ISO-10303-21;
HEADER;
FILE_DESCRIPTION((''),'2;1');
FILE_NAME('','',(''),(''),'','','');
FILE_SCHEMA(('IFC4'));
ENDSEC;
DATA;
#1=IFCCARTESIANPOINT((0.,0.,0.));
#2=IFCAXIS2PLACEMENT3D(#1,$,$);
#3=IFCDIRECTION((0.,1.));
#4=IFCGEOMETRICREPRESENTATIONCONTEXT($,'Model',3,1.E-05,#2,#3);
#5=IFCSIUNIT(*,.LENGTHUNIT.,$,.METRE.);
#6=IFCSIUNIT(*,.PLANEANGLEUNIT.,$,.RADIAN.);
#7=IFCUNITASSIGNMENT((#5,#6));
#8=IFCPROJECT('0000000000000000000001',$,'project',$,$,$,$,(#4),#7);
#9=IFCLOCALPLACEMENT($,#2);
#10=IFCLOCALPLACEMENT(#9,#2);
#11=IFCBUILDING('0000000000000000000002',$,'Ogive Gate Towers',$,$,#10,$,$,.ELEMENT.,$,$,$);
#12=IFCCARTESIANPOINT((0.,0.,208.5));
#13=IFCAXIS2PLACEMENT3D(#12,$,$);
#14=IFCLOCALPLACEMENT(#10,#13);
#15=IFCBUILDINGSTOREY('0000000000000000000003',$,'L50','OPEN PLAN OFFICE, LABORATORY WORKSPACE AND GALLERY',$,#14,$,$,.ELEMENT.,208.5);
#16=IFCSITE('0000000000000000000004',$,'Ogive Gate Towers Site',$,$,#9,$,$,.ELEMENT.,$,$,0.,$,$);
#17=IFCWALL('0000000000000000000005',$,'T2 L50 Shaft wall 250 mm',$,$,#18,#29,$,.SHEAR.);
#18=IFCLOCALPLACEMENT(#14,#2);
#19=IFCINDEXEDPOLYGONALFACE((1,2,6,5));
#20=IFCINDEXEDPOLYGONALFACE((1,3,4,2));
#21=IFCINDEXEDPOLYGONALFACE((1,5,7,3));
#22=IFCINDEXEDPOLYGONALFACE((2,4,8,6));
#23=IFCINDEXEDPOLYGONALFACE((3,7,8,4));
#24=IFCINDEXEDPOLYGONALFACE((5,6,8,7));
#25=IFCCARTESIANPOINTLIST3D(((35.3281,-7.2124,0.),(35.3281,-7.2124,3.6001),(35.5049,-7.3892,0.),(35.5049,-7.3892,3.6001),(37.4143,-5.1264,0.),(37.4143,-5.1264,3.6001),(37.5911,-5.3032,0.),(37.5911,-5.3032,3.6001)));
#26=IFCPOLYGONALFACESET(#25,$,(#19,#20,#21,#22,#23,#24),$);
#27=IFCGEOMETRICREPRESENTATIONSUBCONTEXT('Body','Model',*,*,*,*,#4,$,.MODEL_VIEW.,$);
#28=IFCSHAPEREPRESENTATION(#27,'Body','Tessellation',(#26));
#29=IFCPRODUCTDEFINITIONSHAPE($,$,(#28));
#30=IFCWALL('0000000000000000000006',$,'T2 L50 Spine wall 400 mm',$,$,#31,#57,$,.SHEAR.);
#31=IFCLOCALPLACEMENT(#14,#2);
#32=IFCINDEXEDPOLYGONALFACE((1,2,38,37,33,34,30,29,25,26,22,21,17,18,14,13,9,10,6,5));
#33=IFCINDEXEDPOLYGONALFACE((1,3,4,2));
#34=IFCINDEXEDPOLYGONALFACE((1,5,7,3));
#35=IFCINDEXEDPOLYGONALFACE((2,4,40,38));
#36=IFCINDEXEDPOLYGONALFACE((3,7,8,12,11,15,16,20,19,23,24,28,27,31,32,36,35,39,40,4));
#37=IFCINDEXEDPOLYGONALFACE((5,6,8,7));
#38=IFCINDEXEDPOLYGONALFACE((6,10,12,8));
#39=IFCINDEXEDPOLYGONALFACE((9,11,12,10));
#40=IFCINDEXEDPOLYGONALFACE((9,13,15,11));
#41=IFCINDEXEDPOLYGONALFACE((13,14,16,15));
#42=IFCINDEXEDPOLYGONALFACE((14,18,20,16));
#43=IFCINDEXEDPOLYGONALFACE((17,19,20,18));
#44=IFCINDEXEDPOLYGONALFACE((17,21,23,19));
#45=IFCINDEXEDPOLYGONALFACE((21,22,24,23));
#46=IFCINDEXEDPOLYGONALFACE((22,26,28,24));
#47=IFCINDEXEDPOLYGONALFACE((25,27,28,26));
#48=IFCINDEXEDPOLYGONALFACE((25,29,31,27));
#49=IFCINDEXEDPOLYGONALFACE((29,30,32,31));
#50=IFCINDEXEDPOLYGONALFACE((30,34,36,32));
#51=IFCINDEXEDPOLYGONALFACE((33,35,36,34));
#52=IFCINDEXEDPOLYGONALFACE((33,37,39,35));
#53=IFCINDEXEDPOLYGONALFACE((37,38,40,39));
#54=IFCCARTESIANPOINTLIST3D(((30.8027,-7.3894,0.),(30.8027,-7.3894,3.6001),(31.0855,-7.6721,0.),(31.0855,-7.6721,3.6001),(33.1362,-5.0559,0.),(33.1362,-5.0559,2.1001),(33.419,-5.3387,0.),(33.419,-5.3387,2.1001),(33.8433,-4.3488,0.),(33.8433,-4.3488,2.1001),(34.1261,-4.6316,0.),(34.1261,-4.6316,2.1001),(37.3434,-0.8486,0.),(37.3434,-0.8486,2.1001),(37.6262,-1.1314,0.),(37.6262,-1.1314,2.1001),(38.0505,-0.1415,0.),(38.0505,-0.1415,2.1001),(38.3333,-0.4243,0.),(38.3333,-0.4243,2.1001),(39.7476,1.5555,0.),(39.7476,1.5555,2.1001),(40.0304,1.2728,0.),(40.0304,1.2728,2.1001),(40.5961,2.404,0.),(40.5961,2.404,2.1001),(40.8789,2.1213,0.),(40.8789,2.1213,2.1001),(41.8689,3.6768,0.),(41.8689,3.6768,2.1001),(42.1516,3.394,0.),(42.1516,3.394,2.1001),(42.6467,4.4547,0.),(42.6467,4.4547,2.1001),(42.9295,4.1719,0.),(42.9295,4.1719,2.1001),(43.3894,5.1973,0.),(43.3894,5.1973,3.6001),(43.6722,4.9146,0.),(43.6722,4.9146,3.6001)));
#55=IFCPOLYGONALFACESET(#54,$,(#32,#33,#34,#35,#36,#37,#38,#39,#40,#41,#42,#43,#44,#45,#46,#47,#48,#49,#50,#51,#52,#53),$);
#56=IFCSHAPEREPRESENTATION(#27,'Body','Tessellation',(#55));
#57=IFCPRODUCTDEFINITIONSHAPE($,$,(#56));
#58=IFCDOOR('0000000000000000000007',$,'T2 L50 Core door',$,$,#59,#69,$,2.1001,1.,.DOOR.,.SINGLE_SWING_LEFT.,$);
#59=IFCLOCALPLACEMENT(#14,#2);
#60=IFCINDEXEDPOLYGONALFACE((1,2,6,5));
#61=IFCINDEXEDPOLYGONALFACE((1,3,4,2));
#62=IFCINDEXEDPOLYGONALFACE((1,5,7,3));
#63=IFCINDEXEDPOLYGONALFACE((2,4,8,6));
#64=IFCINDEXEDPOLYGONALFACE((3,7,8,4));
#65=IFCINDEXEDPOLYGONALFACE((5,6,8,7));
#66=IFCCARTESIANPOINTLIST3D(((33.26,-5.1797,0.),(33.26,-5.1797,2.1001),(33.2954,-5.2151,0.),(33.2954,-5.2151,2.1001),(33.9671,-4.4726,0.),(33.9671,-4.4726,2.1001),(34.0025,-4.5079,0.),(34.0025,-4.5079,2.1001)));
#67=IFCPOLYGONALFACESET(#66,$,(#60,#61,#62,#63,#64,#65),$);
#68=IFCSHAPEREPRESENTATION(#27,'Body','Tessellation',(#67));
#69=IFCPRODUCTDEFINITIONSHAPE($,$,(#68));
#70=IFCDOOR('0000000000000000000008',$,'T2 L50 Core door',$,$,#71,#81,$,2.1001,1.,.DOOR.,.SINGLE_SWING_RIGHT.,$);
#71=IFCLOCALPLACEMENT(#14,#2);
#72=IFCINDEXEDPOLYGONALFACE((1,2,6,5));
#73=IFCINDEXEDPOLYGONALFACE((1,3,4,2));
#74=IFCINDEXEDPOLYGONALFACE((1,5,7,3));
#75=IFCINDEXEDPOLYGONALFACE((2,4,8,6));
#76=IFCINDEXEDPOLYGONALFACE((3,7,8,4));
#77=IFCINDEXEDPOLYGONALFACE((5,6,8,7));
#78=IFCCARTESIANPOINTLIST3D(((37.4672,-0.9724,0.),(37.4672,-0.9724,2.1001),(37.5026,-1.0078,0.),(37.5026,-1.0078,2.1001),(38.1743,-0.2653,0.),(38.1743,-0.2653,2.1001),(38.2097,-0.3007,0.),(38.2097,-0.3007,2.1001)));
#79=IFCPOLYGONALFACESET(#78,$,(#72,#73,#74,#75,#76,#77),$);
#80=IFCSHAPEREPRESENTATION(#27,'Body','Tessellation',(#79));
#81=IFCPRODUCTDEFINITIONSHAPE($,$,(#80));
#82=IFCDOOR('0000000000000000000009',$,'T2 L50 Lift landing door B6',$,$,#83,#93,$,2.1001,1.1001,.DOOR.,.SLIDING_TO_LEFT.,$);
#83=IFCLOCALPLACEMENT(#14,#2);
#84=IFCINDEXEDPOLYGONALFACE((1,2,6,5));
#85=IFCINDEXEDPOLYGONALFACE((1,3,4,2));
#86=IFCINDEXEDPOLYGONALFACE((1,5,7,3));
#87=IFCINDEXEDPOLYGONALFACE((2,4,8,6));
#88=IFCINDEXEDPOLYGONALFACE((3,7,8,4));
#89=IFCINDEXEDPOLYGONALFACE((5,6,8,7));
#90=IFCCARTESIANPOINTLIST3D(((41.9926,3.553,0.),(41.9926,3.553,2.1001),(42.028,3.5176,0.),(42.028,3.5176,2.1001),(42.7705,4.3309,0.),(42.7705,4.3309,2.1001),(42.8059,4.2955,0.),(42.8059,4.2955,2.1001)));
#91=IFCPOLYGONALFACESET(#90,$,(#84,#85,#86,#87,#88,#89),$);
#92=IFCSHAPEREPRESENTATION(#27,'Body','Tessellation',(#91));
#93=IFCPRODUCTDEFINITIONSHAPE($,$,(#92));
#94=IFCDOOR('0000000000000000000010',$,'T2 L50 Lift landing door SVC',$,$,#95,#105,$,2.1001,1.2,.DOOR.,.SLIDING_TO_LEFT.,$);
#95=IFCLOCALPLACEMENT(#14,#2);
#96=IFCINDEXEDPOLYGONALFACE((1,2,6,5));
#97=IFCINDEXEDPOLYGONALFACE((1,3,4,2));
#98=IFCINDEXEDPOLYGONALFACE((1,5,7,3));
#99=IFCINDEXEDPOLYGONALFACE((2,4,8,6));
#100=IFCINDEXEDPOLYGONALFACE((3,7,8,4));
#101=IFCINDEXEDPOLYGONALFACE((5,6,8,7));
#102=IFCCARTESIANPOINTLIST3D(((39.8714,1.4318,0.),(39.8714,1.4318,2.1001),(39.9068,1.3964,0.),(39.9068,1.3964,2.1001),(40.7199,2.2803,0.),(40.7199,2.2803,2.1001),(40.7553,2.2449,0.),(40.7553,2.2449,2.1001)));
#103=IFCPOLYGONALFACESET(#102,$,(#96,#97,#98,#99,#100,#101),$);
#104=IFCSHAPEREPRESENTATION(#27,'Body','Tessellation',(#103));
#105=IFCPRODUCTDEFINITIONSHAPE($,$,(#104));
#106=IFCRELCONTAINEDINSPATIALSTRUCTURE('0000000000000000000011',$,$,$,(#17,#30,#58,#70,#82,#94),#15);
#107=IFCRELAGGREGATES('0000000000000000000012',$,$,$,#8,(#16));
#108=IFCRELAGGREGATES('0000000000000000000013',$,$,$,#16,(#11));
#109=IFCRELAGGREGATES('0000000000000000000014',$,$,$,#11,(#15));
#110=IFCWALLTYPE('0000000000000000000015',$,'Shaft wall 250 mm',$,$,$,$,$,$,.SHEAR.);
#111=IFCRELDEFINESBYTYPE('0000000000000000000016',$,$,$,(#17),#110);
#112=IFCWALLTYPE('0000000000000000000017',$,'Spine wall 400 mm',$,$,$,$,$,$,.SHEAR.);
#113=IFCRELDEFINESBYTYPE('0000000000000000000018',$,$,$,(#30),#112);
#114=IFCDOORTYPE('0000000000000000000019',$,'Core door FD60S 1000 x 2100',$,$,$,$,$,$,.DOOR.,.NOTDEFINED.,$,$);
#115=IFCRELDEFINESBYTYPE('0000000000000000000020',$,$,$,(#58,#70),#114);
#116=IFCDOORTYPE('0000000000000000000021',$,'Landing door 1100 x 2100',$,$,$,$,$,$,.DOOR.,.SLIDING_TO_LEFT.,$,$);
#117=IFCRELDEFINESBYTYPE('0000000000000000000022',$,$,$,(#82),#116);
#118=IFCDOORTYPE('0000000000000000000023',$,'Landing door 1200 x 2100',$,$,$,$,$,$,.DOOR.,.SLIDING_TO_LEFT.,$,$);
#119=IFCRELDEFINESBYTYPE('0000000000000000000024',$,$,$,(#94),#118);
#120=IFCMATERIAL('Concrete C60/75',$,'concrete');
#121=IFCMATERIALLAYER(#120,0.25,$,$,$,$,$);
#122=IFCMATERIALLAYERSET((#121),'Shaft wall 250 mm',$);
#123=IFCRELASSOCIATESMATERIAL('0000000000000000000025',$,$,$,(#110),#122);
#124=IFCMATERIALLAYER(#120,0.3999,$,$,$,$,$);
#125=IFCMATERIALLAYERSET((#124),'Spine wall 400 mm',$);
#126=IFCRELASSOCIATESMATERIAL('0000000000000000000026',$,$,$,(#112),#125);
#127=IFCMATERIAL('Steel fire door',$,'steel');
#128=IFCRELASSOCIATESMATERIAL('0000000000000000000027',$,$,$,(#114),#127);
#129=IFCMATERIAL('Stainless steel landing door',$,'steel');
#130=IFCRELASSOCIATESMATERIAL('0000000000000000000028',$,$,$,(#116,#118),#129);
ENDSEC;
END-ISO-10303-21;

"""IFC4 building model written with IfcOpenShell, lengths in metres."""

from ifc_helpers import new_model, si_unit, direction, frame, frame_2d, origin, place, context, subcontext, project, spatial, rectangle, extrude, material, layer, layer_set, type_object, element, fill, save


model = new_model("IFC4")

# Units and contexts
model_context = context("Model", 3, precision=1e-05, world=origin(), true_north=direction((0.0, 1.0)))
body_context = subcontext(model_context, "Body", "Model", "MODEL_VIEW")
ifc_project = project(units=[si_unit("LENGTHUNIT", "METRE"), si_unit("PLANEANGLEUNIT", "RADIAN")], contexts=[model_context])

# Site, building, storey
site_placement = place(None, origin())
site = spatial("IfcSite", under=ifc_project, at=site_placement, Name="Ogive Gate Towers Site", CompositionType="ELEMENT", RefElevation=0.0)
building_placement = place(site_placement, origin())
building = spatial("IfcBuilding", under=site, at=building_placement, Name="Ogive Gate Towers", CompositionType="ELEMENT")
storey_placement = place(building_placement, frame((0.0, 0.0, 208.5)))
storey = spatial("IfcBuildingStorey", under=building, at=storey_placement, Name="L50", Description="OPEN PLAN OFFICE, LABORATORY WORKSPACE AND GALLERY", CompositionType="ELEMENT", Elevation=208.5)

# Wall
ifc_material_1 = material(Name="Concrete C60/75", Category="concrete")
ifc_layer_1 = layer(ifc_material_1, 0.25)
ifc_layer_set_1 = layer_set([ifc_layer_1], Name="Shaft wall 250 mm")
wall_type_1 = type_object("IfcWallType", Name="Shaft wall 250 mm", PredefinedType="SHEAR", material=ifc_layer_set_1)
wall_1_placement = place(storey_placement, frame((35.4165, -7.3008, 0.0), z_axis=(0.0, 0.0, 1.0), x_axis=(0.707148, 0.707065, 0.0)))
element("IfcWall", 1, at=wall_1_placement, inside=storey, type_object=wall_type_1, Name="T2 L50 Shaft wall 250 mm", PredefinedType="SHEAR", context=body_context, shape_type="SweptSolid", body=[
    extrude(rectangle(XDim=2.9502, YDim=0.25, at=frame_2d((1.4751, 0.0))), origin(), (0.0, 0.0, 1.0), 3.6001),
])

# Wall, openings, doors
ifc_layer_2 = layer(ifc_material_1, 0.3999)
ifc_layer_set_2 = layer_set([ifc_layer_2], Name="Spine wall 400 mm")
wall_type_2 = type_object("IfcWallType", Name="Spine wall 400 mm", PredefinedType="SHEAR", material=ifc_layer_set_2)
wall_2_placement = place(storey_placement, frame((30.9441, -7.5308, 0.0), z_axis=(0.0, 0.0, 1.0), x_axis=(0.707107, 0.707107, 0.0)))
wall_2 = element("IfcWall", 2, at=wall_2_placement, inside=storey, type_object=wall_type_2, Name="T2 L50 Spine wall 400 mm", PredefinedType="SHEAR", context=body_context, shape_type="SweptSolid", body=[
    extrude(rectangle(XDim=17.8003, YDim=0.3999, at=frame_2d((8.9001, 0.0))), origin(), (0.0, 0.0, 1.0), 3.6001),
])
opening_1_placement = place(wall_2_placement, frame((12.6499, 0.0, 0.0)))
opening_1 = element("IfcOpeningElement", 3, at=opening_1_placement, cuts=wall_2, PredefinedType="OPENING", context=body_context, shape_type="SweptSolid", body=[
    extrude(rectangle(XDim=1.2, YDim=2.1001, at=frame_2d((0.6001, 1.05))), frame((0.0, 0.21, 0.0), z_axis=(0.0, -1.0, 0.0), x_axis=(1.0, 0.0, 0.0)), (0.0, 0.0, 1.0), 0.4199),
])
opening_2_placement = place(wall_2_placement, frame((15.6499, 0.0, 0.0)))
opening_2 = element("IfcOpeningElement", 4, at=opening_2_placement, cuts=wall_2, PredefinedType="OPENING", context=body_context, shape_type="SweptSolid", body=[
    extrude(rectangle(XDim=1.1001, YDim=2.1001, at=frame_2d((0.55, 1.05))), frame((0.0, 0.21, 0.0), z_axis=(0.0, -1.0, 0.0), x_axis=(1.0, 0.0, 0.0)), (0.0, 0.0, 1.0), 0.4199),
])
opening_3_placement = place(wall_2_placement, frame((3.3, 0.0, 0.0)))
opening_3 = element("IfcOpeningElement", 5, at=opening_3_placement, cuts=wall_2, PredefinedType="OPENING", context=body_context, shape_type="SweptSolid", body=[
    extrude(rectangle(XDim=1.0, YDim=2.1001, at=frame_2d((0.5, 1.05))), frame((0.0, 0.21, 0.0), z_axis=(0.0, -1.0, 0.0), x_axis=(1.0, 0.0, 0.0)), (0.0, 0.0, 1.0), 0.4199),
])
opening_4_placement = place(wall_2_placement, frame((9.25, 0.0, 0.0)))
opening_4 = element("IfcOpeningElement", 6, at=opening_4_placement, cuts=wall_2, PredefinedType="OPENING", context=body_context, shape_type="SweptSolid", body=[
    extrude(rectangle(XDim=1.0, YDim=2.1001, at=frame_2d((0.5, 1.05))), frame((0.0, 0.21, 0.0), z_axis=(0.0, -1.0, 0.0), x_axis=(1.0, 0.0, 0.0)), (0.0, 0.0, 1.0), 0.4199),
])
ifc_material_2 = material(Name="Steel fire door", Category="steel")
door_type_1 = type_object("IfcDoorType", Name="Core door FD60S 1000 x 2100", OperationType="NOTDEFINED", PredefinedType="DOOR", material=ifc_material_2)
door_1_placement = place(opening_3_placement, origin())
door_1 = element("IfcDoor", 7, at=door_1_placement, inside=storey, type_object=door_type_1, Name="T2 L50 Core door", OperationType="SINGLE_SWING_LEFT", OverallHeight=2.1001, OverallWidth=1.0, PredefinedType="DOOR", context=body_context, shape_type="SweptSolid", body=[
    extrude(rectangle(XDim=1.0, YDim=2.1001, at=frame_2d((0.5, 1.05))), frame((0.0, 0.0249, 0.0), z_axis=(0.0, -1.0, 0.0), x_axis=(1.0, 0.0, 0.0)), (0.0, 0.0, 1.0), 0.05),
])
fill(opening_3, door_1)
door_2_placement = place(opening_4_placement, origin())
door_2 = element("IfcDoor", 8, at=door_2_placement, inside=storey, type_object=door_type_1, Name="T2 L50 Core door", OperationType="SINGLE_SWING_RIGHT", OverallHeight=2.1001, OverallWidth=1.0, PredefinedType="DOOR", context=body_context, shape_type="SweptSolid", body=[
    extrude(rectangle(XDim=1.0, YDim=2.1001, at=frame_2d((0.5, 1.05))), frame((0.0, 0.0249, 0.0), z_axis=(0.0, -1.0, 0.0), x_axis=(1.0, 0.0, 0.0)), (0.0, 0.0, 1.0), 0.05),
])
fill(opening_4, door_2)
ifc_material_3 = material(Name="Stainless steel landing door", Category="steel")
door_type_2 = type_object("IfcDoorType", Name="Landing door 1100 x 2100", OperationType="SLIDING_TO_LEFT", PredefinedType="DOOR", material=ifc_material_3)
door_3_placement = place(opening_2_placement, origin())
door_3 = element("IfcDoor", 9, at=door_3_placement, inside=storey, type_object=door_type_2, Name="T2 L50 Lift landing door B6", OperationType="SLIDING_TO_LEFT", OverallHeight=2.1001, OverallWidth=1.1001, PredefinedType="DOOR", context=body_context, shape_type="SweptSolid", body=[
    extrude(rectangle(XDim=1.1001, YDim=2.1001, at=frame_2d((0.55, 1.05))), frame((0.0, 0.0249, 0.0), z_axis=(0.0, -1.0, 0.0), x_axis=(1.0, 0.0, 0.0)), (0.0, 0.0, 1.0), 0.05),
])
fill(opening_2, door_3)
door_type_3 = type_object("IfcDoorType", Name="Landing door 1200 x 2100", OperationType="SLIDING_TO_LEFT", PredefinedType="DOOR", material=ifc_material_3)
door_4_placement = place(opening_1_placement, origin())
door_4 = element("IfcDoor", 10, at=door_4_placement, inside=storey, type_object=door_type_3, Name="T2 L50 Lift landing door SVC", OperationType="SLIDING_TO_LEFT", OverallHeight=2.1001, OverallWidth=1.2, PredefinedType="DOOR", context=body_context, shape_type="SweptSolid", body=[
    extrude(rectangle(XDim=1.2, YDim=2.1001, at=frame_2d((0.6001, 1.05))), frame((0.0, 0.0249, 0.0), z_axis=(0.0, -1.0, 0.0), x_axis=(1.0, 0.0, 0.0)), (0.0, 0.0, 1.0), 0.05),
])
fill(opening_1, door_4)

save(model, "model.ifc")
